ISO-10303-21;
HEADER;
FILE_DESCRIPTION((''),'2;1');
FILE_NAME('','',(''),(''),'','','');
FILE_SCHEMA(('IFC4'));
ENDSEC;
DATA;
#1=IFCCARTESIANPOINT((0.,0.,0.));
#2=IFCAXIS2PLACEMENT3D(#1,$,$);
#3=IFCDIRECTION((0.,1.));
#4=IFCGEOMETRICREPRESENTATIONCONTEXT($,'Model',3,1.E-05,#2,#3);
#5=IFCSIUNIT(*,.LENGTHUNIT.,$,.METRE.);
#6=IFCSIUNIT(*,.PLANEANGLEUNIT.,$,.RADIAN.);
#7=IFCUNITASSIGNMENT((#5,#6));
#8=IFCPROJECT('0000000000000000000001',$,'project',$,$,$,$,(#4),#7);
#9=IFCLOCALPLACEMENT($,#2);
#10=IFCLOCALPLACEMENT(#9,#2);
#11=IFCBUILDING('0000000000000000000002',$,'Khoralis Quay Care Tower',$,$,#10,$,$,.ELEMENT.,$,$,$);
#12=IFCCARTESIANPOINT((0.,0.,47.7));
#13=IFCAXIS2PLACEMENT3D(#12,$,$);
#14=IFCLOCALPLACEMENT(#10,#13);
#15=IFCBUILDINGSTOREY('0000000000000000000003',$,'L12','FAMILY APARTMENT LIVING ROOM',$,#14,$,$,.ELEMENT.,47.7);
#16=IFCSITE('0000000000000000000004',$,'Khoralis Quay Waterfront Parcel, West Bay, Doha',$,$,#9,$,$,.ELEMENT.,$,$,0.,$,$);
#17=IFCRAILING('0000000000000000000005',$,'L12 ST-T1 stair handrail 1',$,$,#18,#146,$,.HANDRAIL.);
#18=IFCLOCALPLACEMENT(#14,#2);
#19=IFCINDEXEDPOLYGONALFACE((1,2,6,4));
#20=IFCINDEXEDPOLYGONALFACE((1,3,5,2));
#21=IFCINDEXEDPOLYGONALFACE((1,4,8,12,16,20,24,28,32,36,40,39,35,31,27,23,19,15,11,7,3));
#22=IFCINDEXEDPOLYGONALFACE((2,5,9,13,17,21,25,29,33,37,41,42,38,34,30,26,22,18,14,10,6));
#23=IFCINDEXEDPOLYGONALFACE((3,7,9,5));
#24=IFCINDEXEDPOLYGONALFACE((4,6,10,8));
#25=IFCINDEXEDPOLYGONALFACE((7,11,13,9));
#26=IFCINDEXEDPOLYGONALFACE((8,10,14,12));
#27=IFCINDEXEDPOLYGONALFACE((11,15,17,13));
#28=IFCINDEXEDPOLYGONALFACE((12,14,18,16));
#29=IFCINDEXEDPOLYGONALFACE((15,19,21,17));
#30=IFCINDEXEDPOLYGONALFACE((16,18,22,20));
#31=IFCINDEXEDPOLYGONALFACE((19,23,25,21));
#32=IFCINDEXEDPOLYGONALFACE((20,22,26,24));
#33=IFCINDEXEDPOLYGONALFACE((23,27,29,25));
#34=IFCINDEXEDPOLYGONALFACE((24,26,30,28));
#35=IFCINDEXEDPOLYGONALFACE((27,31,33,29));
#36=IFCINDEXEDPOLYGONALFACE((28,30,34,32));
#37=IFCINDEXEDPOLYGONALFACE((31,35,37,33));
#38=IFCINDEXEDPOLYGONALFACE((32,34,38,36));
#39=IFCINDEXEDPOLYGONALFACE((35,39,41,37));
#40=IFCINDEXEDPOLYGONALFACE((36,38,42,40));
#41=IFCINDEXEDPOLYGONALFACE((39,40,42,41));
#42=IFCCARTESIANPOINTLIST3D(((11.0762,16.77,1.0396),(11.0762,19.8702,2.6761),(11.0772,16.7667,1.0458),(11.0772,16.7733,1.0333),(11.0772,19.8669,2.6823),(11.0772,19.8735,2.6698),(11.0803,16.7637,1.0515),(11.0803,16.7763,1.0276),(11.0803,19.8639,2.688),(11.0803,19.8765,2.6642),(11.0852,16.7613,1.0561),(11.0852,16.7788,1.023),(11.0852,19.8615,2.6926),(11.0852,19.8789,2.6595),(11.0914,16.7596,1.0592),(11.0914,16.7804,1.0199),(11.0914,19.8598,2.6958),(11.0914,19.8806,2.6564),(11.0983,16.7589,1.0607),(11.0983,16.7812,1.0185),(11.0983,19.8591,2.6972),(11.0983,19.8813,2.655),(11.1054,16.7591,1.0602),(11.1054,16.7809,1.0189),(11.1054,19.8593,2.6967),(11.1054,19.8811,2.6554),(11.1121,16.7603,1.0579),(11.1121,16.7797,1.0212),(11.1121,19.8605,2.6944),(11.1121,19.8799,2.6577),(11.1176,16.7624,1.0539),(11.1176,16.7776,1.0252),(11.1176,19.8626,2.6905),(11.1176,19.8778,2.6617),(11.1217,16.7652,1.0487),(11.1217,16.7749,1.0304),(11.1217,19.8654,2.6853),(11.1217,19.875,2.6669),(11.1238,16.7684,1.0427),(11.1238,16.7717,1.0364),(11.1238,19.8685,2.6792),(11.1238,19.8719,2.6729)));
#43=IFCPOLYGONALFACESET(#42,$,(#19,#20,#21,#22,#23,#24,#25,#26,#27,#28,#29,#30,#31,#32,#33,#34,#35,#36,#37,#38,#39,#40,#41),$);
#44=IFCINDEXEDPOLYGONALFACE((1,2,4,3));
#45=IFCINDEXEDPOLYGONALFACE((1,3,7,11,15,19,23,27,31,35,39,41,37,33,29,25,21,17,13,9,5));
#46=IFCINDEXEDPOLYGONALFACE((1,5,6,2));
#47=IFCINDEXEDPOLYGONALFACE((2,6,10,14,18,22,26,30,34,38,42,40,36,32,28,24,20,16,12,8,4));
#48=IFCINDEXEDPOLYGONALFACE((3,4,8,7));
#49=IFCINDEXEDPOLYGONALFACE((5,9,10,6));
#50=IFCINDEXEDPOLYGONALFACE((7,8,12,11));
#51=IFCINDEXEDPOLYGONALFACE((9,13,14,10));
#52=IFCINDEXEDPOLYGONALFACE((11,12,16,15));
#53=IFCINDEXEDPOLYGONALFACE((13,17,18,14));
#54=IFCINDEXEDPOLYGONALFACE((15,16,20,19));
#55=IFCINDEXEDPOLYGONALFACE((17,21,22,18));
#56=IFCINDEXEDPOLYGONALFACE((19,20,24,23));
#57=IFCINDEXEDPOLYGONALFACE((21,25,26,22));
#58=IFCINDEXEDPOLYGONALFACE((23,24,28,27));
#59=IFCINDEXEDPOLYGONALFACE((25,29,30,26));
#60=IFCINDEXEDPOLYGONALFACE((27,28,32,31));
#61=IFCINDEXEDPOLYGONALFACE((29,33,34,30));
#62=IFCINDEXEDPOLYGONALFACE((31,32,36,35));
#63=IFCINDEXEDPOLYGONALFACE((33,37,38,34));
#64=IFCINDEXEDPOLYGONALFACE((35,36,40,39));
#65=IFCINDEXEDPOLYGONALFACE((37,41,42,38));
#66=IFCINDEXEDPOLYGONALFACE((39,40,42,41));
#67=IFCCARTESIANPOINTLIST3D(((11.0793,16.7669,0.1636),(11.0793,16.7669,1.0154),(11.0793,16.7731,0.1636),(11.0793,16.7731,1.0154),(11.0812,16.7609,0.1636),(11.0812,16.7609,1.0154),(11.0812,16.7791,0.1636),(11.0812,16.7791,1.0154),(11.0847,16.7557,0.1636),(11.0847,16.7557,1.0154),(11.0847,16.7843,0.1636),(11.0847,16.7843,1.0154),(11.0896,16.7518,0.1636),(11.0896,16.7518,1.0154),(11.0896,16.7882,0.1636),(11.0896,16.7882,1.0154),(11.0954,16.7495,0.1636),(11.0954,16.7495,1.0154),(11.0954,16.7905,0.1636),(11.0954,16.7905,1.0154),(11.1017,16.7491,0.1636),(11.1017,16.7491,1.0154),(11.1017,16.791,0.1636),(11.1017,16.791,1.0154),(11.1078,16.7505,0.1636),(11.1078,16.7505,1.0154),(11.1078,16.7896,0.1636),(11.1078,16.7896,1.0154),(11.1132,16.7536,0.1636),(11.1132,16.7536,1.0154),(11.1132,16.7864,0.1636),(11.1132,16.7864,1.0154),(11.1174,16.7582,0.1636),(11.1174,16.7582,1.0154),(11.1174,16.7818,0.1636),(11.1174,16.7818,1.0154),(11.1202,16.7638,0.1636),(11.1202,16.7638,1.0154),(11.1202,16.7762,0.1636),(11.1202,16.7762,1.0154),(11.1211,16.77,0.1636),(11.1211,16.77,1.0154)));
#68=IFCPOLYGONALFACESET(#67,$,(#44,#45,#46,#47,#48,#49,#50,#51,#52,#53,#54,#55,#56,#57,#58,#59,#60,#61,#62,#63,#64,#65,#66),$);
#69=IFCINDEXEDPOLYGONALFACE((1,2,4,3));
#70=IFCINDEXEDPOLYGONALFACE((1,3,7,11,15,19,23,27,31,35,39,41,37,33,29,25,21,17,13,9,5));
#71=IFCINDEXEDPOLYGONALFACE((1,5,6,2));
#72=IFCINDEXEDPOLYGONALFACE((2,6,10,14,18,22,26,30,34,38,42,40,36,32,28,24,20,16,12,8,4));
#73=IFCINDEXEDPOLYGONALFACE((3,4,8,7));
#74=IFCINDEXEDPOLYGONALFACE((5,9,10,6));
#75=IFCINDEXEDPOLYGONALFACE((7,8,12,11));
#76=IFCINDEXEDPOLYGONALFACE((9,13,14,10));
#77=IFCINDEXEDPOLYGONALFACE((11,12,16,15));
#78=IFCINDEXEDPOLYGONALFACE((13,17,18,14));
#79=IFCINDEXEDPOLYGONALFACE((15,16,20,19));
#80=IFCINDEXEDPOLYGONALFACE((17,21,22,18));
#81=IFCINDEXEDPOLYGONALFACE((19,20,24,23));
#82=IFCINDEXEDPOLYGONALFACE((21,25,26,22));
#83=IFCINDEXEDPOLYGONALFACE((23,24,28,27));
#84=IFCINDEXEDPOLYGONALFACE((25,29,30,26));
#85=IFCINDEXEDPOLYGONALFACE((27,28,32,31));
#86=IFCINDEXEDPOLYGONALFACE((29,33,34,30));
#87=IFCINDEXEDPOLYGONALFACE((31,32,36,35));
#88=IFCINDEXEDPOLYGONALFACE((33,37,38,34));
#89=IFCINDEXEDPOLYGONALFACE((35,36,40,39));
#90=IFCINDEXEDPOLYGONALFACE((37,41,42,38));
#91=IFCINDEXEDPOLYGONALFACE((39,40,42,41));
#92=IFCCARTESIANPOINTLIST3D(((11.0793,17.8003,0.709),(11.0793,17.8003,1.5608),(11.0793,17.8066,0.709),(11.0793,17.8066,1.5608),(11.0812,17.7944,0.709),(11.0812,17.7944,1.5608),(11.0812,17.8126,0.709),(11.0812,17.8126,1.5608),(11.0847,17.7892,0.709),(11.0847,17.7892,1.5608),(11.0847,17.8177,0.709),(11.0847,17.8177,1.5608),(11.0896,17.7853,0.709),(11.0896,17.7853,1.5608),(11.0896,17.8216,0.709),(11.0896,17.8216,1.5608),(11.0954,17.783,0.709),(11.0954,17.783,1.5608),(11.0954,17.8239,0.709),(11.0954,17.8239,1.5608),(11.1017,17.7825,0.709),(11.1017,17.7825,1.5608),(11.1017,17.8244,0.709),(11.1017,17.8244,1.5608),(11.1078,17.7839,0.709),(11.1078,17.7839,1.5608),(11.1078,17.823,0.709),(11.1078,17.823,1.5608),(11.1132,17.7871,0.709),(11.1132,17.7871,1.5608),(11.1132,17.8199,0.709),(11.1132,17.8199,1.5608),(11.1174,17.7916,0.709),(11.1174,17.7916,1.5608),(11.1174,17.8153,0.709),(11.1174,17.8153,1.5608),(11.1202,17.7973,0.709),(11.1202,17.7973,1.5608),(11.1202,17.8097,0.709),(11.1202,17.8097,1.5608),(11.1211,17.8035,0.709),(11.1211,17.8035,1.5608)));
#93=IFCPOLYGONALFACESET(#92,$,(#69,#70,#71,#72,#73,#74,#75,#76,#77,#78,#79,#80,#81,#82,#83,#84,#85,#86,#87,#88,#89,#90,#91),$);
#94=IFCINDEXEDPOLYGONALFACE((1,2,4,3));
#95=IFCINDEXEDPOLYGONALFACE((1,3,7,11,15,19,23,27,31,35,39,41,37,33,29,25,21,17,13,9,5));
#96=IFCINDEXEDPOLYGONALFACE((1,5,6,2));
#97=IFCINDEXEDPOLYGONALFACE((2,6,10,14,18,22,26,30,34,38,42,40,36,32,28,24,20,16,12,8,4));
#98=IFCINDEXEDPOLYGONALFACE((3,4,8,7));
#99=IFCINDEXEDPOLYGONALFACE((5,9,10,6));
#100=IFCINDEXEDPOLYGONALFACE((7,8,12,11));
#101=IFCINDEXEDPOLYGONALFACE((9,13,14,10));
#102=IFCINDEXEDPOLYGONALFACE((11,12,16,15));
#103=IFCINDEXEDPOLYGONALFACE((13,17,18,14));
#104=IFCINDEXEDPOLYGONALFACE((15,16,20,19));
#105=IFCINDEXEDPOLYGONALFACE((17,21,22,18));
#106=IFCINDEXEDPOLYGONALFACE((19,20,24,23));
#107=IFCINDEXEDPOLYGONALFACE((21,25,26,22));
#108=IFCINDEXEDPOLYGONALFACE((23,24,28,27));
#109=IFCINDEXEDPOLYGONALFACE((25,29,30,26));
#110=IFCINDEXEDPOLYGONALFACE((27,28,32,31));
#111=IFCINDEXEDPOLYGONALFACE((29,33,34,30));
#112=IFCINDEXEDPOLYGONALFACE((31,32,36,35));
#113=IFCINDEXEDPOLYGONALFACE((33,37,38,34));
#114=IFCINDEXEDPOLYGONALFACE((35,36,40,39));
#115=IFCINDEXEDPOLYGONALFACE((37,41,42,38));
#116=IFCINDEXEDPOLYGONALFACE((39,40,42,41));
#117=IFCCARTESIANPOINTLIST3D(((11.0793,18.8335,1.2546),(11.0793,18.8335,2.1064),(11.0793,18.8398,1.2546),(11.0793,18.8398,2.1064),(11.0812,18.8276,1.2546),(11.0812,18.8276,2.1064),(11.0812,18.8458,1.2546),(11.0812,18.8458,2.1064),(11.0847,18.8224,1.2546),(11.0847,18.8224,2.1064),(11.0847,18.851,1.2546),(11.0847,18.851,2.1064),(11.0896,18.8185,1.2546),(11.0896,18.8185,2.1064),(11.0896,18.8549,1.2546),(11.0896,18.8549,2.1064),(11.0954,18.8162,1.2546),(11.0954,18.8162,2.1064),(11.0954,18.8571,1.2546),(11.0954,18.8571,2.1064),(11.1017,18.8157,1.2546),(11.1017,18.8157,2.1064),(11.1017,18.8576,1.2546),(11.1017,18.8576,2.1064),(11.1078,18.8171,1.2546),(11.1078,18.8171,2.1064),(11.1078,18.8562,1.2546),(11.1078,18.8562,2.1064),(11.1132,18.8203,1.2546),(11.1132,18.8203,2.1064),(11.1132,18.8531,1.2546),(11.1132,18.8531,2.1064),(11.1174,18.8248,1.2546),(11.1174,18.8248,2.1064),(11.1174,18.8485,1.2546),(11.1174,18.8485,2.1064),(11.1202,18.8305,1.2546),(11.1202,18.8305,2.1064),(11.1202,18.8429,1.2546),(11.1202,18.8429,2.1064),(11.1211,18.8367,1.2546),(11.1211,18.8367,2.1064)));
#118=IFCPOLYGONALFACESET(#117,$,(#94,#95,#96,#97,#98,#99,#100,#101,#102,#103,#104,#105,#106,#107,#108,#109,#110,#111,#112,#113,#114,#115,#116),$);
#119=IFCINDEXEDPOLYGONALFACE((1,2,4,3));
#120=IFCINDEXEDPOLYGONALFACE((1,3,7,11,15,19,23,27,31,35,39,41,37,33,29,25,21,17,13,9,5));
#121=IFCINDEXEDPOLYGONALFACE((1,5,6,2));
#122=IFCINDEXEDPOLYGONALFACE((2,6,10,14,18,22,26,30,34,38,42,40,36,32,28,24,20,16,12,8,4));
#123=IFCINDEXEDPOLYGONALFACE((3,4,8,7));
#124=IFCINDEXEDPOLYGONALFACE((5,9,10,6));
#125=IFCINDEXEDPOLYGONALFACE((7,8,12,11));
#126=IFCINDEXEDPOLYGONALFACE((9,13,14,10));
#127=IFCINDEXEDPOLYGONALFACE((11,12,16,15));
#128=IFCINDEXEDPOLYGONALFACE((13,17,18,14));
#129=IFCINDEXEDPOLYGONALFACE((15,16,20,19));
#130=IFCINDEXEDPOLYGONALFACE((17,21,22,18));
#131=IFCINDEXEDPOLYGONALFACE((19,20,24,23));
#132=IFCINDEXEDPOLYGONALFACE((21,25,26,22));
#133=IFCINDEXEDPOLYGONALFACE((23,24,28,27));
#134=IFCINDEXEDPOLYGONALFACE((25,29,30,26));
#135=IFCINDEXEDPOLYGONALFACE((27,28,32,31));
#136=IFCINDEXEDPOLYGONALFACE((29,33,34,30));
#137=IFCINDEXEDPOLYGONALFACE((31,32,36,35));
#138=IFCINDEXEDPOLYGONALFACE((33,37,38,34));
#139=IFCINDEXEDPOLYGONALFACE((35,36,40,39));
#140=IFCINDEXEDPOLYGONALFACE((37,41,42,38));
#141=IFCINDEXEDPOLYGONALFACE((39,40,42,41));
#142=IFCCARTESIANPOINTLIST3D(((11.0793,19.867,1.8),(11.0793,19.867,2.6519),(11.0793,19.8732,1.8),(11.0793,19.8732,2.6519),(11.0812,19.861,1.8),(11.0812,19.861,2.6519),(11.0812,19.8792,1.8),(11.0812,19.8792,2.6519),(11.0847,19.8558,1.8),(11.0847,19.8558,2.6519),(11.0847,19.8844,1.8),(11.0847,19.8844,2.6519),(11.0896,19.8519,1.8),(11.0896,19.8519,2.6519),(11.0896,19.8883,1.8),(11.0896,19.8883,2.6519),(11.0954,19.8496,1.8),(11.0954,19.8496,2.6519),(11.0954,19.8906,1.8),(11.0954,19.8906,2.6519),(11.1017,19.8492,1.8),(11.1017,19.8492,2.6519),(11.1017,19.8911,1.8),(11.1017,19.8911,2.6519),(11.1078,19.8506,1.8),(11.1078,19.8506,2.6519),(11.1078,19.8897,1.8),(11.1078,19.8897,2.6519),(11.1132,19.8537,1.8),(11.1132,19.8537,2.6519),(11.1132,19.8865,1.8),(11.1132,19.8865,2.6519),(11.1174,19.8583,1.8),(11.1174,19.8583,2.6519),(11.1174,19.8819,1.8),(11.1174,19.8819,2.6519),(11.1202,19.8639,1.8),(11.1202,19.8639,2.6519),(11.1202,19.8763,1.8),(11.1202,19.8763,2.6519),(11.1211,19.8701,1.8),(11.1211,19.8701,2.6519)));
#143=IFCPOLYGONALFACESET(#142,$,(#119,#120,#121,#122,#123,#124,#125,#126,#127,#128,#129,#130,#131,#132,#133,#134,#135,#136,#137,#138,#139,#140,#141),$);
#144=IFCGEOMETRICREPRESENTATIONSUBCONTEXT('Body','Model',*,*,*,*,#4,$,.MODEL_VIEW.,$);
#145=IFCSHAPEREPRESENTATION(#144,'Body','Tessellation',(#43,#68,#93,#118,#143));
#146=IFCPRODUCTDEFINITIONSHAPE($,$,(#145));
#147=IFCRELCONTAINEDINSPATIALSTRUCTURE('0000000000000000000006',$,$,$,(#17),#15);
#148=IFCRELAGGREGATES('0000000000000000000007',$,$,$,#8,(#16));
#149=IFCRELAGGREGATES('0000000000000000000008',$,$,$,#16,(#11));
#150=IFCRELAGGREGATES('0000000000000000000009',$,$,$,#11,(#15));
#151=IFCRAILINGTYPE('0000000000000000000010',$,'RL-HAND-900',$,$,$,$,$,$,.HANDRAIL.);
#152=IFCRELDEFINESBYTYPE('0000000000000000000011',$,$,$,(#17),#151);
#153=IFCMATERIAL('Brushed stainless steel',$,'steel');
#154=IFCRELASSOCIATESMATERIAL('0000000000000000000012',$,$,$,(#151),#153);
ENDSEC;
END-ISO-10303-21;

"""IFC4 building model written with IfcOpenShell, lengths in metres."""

from ifc_helpers import new_model, si_unit, direction, frame, origin, origin_2d, place, context, subcontext, project, spatial, circle, extrude, material, type_object, element, save


model = new_model("IFC4")

# Units and contexts
model_context = context("Model", 3, precision=1e-05, world=origin(), true_north=direction((0.0, 1.0)))
body_context = subcontext(model_context, "Body", "Model", "MODEL_VIEW")
ifc_project = project(units=[si_unit("LENGTHUNIT", "METRE"), si_unit("PLANEANGLEUNIT", "RADIAN")], contexts=[model_context])

# Site, building, storey
site_placement = place(None, origin())
site = spatial("IfcSite", under=ifc_project, at=site_placement, Name="Khoralis Quay Waterfront Parcel, West Bay, Doha", CompositionType="ELEMENT", RefElevation=0.0)
building_placement = place(site_placement, origin())
building = spatial("IfcBuilding", under=site, at=building_placement, Name="Khoralis Quay Care Tower", CompositionType="ELEMENT")
storey_placement = place(building_placement, frame((0.0, 0.0, 47.7)))
storey = spatial("IfcBuildingStorey", under=building, at=storey_placement, Name="L12", Description="FAMILY APARTMENT LIVING ROOM", CompositionType="ELEMENT", Elevation=47.7)

# Shared definitions
ifc_material_1 = material(Name="Brushed stainless steel", Category="steel")

# Railing
railing_type_1 = type_object("IfcRailingType", Name="RL-HAND-900", PredefinedType="HANDRAIL", material=ifc_material_1)
railing_1_placement = place(storey_placement, frame((11.1001, 16.77, 0.1636)))
element("IfcRailing", 1, at=railing_1_placement, inside=storey, type_object=railing_type_1, Name="L12 ST-T1 stair handrail 1", PredefinedType="HANDRAIL", context=body_context, shape_type="SweptSolid", body=[
    extrude(circle(Radius=0.0239, at=origin_2d()), frame((0.0, 0.0, 0.876), z_axis=(0.0, 0.884348, 0.466828), x_axis=(-1.0, 0.0, 0.0)), (0.0, 0.0, 1.0), 3.5056),
    extrude(circle(Radius=0.021, at=origin_2d()), origin(), (0.0, 0.0, 1.0), 0.8518),
    extrude(circle(Radius=0.021, at=origin_2d()), frame((0.0, 1.0334, 0.5454)), (0.0, 0.0, 1.0), 0.8518),
    extrude(circle(Radius=0.021, at=origin_2d()), frame((0.0, 2.0667, 1.0911)), (0.0, 0.0, 1.0), 0.8518),
    extrude(circle(Radius=0.021, at=origin_2d()), frame((0.0, 3.1001, 1.6365)), (0.0, 0.0, 1.0), 0.8518),
])

save(model, "model.ifc")
